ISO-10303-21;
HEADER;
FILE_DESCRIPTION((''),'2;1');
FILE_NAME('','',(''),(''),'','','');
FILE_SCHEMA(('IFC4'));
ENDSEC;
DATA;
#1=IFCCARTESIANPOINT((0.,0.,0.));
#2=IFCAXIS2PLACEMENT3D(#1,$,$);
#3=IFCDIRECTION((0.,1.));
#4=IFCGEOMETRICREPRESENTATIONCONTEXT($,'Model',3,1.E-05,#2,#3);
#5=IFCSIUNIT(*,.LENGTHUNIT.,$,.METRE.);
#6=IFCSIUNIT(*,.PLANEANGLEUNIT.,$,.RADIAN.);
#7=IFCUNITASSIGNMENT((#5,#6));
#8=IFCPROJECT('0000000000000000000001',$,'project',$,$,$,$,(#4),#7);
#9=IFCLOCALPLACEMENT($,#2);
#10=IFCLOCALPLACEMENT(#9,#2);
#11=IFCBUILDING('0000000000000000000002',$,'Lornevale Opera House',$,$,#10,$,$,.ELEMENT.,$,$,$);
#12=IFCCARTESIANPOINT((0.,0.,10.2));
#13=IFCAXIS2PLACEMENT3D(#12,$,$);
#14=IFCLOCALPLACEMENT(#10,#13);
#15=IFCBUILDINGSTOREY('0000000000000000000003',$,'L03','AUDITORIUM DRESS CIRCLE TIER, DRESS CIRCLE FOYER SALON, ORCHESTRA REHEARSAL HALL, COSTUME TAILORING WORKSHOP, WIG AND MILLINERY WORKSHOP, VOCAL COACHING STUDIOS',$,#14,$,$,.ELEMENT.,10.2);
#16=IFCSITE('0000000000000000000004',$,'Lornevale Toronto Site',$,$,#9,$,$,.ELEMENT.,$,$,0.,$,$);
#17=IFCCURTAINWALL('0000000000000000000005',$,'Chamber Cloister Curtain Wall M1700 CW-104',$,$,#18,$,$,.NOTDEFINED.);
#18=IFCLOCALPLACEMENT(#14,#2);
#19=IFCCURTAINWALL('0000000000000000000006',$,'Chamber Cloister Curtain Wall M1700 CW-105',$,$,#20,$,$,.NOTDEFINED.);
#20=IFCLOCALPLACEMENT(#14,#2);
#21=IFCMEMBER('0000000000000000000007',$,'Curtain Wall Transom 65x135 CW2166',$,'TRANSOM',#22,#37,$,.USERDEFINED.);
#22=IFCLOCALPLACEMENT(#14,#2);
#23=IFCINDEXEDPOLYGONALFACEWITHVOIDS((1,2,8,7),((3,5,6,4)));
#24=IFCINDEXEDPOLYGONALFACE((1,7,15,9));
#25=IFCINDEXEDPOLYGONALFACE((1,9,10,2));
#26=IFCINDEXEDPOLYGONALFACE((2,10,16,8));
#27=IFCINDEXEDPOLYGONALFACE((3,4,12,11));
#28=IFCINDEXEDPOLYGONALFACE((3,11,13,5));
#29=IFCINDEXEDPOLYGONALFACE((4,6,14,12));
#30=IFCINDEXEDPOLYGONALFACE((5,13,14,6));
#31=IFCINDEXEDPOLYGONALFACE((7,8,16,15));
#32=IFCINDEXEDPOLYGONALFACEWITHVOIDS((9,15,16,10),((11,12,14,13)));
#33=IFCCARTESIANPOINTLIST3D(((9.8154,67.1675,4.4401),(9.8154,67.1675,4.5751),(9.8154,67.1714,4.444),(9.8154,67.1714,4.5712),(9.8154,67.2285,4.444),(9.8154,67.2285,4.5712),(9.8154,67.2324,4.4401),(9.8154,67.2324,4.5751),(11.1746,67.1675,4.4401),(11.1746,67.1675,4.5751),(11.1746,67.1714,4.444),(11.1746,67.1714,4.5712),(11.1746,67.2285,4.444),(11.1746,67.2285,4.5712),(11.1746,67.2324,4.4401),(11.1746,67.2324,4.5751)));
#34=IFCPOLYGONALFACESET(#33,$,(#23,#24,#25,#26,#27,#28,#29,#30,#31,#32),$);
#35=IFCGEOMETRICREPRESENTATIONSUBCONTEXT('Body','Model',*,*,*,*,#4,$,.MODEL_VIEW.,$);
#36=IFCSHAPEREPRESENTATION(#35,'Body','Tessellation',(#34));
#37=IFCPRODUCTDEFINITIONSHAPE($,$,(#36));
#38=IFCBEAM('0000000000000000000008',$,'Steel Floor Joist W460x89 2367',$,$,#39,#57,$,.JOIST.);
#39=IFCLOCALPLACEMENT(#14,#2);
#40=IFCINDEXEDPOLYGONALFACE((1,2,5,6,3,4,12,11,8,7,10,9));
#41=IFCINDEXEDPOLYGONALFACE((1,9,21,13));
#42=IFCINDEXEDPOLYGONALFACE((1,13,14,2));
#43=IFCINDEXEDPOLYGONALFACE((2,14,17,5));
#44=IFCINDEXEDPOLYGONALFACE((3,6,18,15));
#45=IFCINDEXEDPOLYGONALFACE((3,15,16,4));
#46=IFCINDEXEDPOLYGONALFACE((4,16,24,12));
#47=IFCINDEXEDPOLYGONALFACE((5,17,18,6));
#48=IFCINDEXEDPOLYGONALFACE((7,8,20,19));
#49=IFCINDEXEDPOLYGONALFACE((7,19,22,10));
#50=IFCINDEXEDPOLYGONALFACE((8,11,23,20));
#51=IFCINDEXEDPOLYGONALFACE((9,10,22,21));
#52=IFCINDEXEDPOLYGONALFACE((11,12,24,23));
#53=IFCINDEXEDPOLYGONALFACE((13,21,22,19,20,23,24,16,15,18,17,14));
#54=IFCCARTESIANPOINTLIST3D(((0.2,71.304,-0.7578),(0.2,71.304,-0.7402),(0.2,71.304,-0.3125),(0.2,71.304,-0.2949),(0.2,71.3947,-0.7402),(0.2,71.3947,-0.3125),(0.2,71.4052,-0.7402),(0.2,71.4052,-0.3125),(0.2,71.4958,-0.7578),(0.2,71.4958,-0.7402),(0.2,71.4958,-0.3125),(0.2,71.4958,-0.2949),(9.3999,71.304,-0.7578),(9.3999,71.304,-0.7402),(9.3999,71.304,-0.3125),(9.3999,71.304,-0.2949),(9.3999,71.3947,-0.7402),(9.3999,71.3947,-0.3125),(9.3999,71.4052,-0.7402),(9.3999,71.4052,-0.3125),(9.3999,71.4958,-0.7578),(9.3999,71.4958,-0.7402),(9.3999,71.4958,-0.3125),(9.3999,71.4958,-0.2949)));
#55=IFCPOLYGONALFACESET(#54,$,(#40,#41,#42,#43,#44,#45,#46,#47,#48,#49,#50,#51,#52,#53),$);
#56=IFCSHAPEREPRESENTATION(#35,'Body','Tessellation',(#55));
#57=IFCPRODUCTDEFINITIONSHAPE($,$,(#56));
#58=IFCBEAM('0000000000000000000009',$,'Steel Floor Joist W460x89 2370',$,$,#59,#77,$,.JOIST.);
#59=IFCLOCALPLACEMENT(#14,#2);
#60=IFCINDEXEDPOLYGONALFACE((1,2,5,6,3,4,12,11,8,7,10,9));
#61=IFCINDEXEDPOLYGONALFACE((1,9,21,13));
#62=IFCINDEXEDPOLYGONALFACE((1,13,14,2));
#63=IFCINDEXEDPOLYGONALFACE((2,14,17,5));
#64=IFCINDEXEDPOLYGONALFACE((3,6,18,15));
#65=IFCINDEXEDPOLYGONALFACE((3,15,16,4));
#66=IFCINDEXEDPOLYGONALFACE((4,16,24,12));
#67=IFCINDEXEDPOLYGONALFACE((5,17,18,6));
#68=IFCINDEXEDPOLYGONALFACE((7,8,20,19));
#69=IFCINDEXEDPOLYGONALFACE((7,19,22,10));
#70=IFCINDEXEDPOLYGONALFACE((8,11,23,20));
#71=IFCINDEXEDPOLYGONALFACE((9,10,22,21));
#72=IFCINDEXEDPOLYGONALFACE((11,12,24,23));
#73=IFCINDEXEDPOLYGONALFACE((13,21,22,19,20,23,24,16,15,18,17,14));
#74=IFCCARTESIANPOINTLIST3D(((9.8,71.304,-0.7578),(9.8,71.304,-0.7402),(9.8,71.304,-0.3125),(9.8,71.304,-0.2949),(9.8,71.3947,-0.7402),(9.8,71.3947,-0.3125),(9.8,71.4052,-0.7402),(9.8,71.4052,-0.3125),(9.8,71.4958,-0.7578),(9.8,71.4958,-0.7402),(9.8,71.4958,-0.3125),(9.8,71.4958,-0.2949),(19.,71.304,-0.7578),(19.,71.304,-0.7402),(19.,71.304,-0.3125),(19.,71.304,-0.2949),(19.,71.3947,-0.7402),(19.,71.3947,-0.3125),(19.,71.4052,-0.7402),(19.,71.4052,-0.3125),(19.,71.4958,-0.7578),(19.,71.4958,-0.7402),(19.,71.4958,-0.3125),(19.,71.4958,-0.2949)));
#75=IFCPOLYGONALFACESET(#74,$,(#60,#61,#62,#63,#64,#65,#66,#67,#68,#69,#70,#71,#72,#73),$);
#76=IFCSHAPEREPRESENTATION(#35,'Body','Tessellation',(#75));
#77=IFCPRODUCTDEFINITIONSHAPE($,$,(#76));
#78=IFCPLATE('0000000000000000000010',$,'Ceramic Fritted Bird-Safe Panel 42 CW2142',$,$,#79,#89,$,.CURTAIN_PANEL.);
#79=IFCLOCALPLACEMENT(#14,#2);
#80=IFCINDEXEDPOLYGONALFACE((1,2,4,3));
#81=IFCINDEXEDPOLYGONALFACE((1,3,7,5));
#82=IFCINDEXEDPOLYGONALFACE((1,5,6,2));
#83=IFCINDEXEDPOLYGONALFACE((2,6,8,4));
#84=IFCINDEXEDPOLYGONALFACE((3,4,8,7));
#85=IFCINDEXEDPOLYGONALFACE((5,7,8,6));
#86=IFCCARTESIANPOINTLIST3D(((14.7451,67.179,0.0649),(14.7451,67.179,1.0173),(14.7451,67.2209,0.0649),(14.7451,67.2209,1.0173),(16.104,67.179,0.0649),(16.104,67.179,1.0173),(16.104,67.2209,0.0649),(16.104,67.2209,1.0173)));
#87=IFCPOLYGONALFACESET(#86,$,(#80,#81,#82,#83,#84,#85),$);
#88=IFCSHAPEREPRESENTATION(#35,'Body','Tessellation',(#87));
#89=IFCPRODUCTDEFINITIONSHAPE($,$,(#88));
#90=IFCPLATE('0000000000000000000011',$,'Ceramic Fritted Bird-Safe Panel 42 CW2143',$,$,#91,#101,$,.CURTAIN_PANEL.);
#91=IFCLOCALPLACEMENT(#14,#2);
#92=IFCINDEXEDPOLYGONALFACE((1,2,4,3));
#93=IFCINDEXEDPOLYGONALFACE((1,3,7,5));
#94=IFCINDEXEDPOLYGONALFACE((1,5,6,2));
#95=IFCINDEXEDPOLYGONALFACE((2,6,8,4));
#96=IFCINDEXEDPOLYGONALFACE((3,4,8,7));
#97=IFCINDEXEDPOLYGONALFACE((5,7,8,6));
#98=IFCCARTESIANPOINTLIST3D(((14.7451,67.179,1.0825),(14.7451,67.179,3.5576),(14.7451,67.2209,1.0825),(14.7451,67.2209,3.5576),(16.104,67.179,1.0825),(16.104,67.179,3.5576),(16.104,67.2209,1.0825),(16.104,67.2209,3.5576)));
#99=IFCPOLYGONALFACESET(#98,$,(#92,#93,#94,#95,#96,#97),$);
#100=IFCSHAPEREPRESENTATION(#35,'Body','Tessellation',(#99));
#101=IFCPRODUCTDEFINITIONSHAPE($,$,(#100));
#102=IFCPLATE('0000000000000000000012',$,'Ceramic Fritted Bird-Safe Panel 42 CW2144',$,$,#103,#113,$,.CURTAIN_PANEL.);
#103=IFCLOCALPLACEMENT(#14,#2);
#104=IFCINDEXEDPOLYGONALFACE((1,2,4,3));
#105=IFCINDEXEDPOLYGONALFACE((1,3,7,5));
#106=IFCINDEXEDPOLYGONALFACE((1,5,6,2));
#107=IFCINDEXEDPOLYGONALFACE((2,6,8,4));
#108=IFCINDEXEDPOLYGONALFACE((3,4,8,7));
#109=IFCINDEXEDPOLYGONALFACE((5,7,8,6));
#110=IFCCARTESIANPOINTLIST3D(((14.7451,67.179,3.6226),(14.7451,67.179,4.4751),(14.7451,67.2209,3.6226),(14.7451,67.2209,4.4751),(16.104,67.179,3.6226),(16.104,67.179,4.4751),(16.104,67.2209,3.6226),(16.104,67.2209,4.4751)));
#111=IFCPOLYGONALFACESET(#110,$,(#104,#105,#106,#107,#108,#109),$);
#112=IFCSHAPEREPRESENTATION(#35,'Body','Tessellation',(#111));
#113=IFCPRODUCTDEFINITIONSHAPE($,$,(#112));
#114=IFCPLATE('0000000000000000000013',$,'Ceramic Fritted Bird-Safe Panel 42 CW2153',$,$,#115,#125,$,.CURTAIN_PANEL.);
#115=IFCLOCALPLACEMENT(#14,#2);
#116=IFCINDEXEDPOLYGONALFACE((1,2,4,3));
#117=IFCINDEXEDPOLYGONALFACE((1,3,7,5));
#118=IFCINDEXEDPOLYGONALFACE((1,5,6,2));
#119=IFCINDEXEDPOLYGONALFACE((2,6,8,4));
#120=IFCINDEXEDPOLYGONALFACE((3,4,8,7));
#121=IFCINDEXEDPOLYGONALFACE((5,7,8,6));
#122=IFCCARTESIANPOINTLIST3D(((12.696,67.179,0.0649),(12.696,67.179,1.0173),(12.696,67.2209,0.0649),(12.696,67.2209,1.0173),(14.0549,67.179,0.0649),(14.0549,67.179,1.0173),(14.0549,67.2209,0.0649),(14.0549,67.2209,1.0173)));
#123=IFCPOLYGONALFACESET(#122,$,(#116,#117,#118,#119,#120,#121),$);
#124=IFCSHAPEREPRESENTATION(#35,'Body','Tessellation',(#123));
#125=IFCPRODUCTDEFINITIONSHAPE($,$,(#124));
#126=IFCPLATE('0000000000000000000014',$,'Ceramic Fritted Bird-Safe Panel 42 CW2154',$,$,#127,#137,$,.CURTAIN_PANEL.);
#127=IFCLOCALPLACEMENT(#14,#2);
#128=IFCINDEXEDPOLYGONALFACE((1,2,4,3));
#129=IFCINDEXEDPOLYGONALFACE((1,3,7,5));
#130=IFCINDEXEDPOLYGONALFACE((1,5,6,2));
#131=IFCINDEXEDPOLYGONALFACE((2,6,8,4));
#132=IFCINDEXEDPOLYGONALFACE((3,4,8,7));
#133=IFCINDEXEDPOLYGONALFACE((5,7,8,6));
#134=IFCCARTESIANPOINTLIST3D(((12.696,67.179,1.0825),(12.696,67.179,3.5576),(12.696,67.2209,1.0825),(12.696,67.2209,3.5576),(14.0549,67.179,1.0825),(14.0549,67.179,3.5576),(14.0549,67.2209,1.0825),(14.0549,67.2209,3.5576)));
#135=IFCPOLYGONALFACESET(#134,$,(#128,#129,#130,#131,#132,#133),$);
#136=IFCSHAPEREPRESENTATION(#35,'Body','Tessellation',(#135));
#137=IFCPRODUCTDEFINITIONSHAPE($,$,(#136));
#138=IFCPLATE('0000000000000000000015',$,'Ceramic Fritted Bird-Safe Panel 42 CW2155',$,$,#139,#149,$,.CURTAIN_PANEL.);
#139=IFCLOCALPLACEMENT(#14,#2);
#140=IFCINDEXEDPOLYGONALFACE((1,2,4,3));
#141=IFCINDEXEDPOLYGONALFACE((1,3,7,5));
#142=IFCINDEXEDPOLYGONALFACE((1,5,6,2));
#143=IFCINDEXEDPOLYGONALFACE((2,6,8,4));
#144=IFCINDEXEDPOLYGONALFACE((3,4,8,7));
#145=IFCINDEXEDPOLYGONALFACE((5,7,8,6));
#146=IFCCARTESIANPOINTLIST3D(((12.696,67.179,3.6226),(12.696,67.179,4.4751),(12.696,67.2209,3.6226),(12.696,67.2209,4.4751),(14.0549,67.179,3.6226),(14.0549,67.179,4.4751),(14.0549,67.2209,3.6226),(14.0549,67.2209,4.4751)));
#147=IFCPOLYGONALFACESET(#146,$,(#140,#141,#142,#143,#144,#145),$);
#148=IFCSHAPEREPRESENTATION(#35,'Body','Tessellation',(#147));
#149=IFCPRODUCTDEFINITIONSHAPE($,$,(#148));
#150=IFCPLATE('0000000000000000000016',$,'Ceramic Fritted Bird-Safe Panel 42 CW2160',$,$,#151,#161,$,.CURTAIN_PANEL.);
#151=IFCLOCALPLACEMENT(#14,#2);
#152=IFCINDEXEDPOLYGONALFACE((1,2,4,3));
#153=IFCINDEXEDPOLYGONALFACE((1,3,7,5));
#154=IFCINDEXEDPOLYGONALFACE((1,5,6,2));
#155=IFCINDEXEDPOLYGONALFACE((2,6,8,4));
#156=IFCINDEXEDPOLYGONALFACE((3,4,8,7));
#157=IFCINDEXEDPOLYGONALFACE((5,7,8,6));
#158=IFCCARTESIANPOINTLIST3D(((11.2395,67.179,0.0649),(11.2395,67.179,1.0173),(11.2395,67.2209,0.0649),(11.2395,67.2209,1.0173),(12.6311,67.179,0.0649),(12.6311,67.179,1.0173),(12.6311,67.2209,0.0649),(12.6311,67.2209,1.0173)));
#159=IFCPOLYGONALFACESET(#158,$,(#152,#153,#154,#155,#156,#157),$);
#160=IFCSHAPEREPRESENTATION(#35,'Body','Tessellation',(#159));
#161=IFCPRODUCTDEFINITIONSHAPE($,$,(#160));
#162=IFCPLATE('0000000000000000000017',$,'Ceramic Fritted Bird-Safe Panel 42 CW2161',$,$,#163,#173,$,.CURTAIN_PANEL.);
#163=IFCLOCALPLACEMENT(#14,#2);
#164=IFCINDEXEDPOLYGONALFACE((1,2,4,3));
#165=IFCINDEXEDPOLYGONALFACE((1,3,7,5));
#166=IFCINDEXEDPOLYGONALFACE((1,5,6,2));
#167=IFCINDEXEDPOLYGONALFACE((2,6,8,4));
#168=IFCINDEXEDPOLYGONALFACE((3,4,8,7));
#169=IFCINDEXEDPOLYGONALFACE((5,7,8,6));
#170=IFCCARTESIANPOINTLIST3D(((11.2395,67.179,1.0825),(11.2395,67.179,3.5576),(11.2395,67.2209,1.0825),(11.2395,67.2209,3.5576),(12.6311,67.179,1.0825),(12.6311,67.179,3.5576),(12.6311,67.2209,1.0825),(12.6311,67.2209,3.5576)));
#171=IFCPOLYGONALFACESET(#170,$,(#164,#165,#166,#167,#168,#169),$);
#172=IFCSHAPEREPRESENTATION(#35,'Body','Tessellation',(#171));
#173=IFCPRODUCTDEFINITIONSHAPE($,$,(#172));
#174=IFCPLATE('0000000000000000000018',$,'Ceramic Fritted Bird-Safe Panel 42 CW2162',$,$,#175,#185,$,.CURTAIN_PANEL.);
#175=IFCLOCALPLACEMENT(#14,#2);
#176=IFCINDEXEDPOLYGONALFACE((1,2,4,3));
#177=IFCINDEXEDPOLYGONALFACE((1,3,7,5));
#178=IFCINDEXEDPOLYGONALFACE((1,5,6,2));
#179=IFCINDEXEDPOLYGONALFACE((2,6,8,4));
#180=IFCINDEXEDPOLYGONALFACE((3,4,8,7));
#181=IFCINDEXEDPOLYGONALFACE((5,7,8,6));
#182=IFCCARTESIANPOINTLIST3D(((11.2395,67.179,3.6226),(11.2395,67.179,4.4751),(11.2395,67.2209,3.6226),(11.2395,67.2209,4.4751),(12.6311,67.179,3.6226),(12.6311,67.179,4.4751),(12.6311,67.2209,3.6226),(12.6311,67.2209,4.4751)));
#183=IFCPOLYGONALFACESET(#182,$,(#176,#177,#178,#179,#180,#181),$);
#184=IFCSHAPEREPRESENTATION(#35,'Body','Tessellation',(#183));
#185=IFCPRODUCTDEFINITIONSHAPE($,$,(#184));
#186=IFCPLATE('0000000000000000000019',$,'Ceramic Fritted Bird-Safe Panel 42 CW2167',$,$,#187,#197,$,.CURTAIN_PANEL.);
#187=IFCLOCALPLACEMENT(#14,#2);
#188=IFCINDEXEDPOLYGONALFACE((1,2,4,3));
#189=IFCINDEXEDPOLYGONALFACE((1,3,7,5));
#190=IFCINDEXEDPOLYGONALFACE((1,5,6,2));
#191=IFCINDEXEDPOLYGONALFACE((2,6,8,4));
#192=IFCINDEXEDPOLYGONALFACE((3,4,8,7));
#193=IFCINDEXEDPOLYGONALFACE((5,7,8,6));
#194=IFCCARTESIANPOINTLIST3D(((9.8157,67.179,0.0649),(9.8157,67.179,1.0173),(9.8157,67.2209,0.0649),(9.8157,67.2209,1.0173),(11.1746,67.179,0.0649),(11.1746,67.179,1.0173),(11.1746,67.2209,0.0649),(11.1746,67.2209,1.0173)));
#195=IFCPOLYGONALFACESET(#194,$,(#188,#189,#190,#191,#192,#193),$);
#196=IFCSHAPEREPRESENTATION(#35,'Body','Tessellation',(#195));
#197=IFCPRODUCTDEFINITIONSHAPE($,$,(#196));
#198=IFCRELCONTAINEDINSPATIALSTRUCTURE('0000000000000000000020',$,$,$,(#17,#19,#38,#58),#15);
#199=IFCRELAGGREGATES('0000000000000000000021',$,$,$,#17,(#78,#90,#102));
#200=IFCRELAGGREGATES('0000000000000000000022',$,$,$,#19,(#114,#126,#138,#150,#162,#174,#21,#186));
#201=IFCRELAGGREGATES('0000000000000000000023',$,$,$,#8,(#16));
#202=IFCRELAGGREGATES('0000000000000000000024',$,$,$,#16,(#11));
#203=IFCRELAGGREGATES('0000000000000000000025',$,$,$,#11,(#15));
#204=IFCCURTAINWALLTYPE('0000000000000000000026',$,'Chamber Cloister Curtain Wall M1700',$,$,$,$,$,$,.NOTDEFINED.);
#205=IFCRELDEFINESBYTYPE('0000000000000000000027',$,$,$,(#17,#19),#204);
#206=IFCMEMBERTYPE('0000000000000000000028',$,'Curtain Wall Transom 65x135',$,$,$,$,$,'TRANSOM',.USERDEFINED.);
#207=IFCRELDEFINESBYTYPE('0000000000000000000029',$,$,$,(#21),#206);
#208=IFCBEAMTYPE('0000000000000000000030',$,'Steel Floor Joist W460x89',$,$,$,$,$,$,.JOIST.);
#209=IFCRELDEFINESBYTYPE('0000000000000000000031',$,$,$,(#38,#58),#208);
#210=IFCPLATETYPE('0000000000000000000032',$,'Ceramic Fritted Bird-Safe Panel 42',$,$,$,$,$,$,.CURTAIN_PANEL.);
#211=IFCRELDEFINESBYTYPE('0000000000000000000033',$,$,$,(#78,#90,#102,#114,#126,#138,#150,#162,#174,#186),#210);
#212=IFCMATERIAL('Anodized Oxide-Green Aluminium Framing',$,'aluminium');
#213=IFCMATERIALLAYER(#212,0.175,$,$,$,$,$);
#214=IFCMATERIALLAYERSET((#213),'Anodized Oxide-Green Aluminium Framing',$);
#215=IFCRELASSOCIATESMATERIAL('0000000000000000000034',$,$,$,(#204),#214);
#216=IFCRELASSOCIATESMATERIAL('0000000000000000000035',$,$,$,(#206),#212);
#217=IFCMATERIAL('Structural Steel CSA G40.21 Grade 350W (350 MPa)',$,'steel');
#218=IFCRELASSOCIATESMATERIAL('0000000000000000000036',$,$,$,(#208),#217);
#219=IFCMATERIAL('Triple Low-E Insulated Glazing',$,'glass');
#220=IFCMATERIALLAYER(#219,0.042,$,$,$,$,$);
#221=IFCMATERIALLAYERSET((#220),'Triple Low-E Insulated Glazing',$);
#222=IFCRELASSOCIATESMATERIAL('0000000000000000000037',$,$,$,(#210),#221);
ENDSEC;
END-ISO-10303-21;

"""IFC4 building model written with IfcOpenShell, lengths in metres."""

from ifc_helpers import new_model, si_unit, direction, frame, origin, origin_2d, place, context, subcontext, project, spatial, rectangle, hollow_rectangle, i_section, extrude, material, layer, layer_set, material_profile, profile_set, type_object, element, aggregate, save


model = new_model("IFC4")

# Units and contexts
model_context = context("Model", 3, precision=1e-05, world=origin(), true_north=direction((0.0, 1.0)))
body_context = subcontext(model_context, "Body", "Model", "MODEL_VIEW")
ifc_project = project(units=[si_unit("LENGTHUNIT", "METRE"), si_unit("PLANEANGLEUNIT", "RADIAN")], contexts=[model_context])

# Site, building, storey
site_placement = place(None, origin())
site = spatial("IfcSite", under=ifc_project, at=site_placement, Name="Lornevale Toronto Site", CompositionType="ELEMENT", RefElevation=0.0)
building_placement = place(site_placement, origin())
building = spatial("IfcBuilding", under=site, at=building_placement, Name="Lornevale Opera House", CompositionType="ELEMENT")
storey_placement = place(building_placement, frame((0.0, 0.0, 10.2)))
storey = spatial("IfcBuildingStorey", under=building, at=storey_placement, Name="L03", Description="AUDITORIUM DRESS CIRCLE TIER, DRESS CIRCLE FOYER SALON, ORCHESTRA REHEARSAL HALL, COSTUME TAILORING WORKSHOP, WIG AND MILLINERY WORKSHOP, VOCAL COACHING STUDIOS", CompositionType="ELEMENT", Elevation=10.2)

# Curtain wall
ifc_material_1 = material(Name="Anodized Oxide-Green Aluminium Framing", Category="aluminium")
ifc_layer_1 = layer(ifc_material_1, 0.175)
ifc_layer_set_1 = layer_set([ifc_layer_1], Name="Anodized Oxide-Green Aluminium Framing")
curtain_wall_type = type_object("IfcCurtainWallType", Name="Chamber Cloister Curtain Wall M1700", PredefinedType="NOTDEFINED", material=ifc_layer_set_1)
curtain_wall_1_placement = place(storey_placement, origin())
curtain_wall_1 = element("IfcCurtainWall", 1, at=curtain_wall_1_placement, inside=storey, type_object=curtain_wall_type, Name="Chamber Cloister Curtain Wall M1700 CW-104", PredefinedType="NOTDEFINED")

# Curtain wall
curtain_wall_2_placement = place(storey_placement, origin())
curtain_wall_2 = element("IfcCurtainWall", 2, at=curtain_wall_2_placement, inside=storey, type_object=curtain_wall_type, Name="Chamber Cloister Curtain Wall M1700 CW-105", PredefinedType="NOTDEFINED")

# Member
ifc_material_profile_1 = material_profile(ifc_material_1, hollow_rectangle(XDim=0.0649, YDim=0.135, WallThickness=0.0039, at=origin_2d()), Name="ALU65x135x4")
ifc_profile_set_1 = profile_set([ifc_material_profile_1], Name="Anodized Oxide-Green Aluminium Framing")
member_type_1 = type_object("IfcMemberType", Name="Curtain Wall Transom 65x135", ElementType="TRANSOM", PredefinedType="USERDEFINED", material=ifc_profile_set_1)
member_1_placement = place(storey_placement, frame((11.1746, 67.2, 4.5076), z_axis=(-1.0, 0.0, 0.0), x_axis=(0.0, -1.0, 0.0)))
member_1 = element("IfcMember", 3, at=member_1_placement, type_object=member_type_1, Name="Curtain Wall Transom 65x135 CW2166", ObjectType="TRANSOM", PredefinedType="USERDEFINED", context=body_context, shape_type="SweptSolid", body=[
    extrude(hollow_rectangle(XDim=0.0649, YDim=0.135, WallThickness=0.0039, at=origin_2d()), origin(), (0.0, 0.0, 1.0), 1.3591),
])

# Beams
ifc_material_2 = material(Name="Structural Steel CSA G40.21 Grade 350W (350 MPa)", Category="steel")
ifc_material_profile_2 = material_profile(ifc_material_2, i_section(OverallWidth=0.1919, OverallDepth=0.4629, WebThickness=0.0105, FlangeThickness=0.0176, at=origin_2d()), Name="W460x89")
ifc_profile_set_2 = profile_set([ifc_material_profile_2], Name="Structural Steel CSA G40.21 Grade 350W (350 MPa)")
beam_type_1 = type_object("IfcBeamType", Name="Steel Floor Joist W460x89", PredefinedType="JOIST", material=ifc_profile_set_2)
for number, where, z_axis, x_axis, name in (
    (4, (0.2, 71.3999, -0.5264), (1.0, 0.0, 0.0), (0.0, 1.0, 0.0), "Steel Floor Joist W460x89 2367"),
    (5, (9.8, 71.3999, -0.5264), (1.0, 0.0, 0.0), (0.0, 1.0, 0.0), "Steel Floor Joist W460x89 2370"),
):
    element("IfcBeam", number, at=place(storey_placement, frame(where, z_axis=z_axis, x_axis=x_axis)), inside=storey, type_object=beam_type_1, Name=name, PredefinedType="JOIST", context=body_context, shape_type="SweptSolid", body=[
        extrude(i_section(OverallWidth=0.1919, OverallDepth=0.4629, WebThickness=0.0105, FlangeThickness=0.0176, at=origin_2d()), origin(), (0.0, 0.0, 1.0), 9.2),
    ])

# Plates
ifc_material_3 = material(Name="Triple Low-E Insulated Glazing", Category="glass")
ifc_layer_2 = layer(ifc_material_3, 0.042)
ifc_layer_set_2 = layer_set([ifc_layer_2], Name="Triple Low-E Insulated Glazing")
plate_type = type_object("IfcPlateType", Name="Ceramic Fritted Bird-Safe Panel 42", PredefinedType="CURTAIN_PANEL", material=ifc_layer_set_2)
plate_1_placement = place(storey_placement, frame((15.4246, 67.2, 0.0649), z_axis=(0.0, 0.0, 1.0), x_axis=(-1.0, 0.0, 0.0)))
plate_1 = element("IfcPlate", 6, at=plate_1_placement, type_object=plate_type, Name="Ceramic Fritted Bird-Safe Panel 42 CW2142", PredefinedType="CURTAIN_PANEL", context=body_context, shape_type="SweptSolid", body=[
    extrude(rectangle(XDim=1.3589, YDim=0.042, at=origin_2d()), origin(), (0.0, 0.0, 1.0), 0.9524),
])
plate_2_placement = place(storey_placement, frame((15.4246, 67.2, 1.0825), z_axis=(0.0, 0.0, 1.0), x_axis=(-1.0, 0.0, 0.0)))
plate_2 = element("IfcPlate", 7, at=plate_2_placement, type_object=plate_type, Name="Ceramic Fritted Bird-Safe Panel 42 CW2143", PredefinedType="CURTAIN_PANEL", context=body_context, shape_type="SweptSolid", body=[
    extrude(rectangle(XDim=1.3589, YDim=0.042, at=origin_2d()), origin(), (0.0, 0.0, 1.0), 2.4751),
])
plate_3_placement = place(storey_placement, frame((15.4246, 67.2, 3.6226), z_axis=(0.0, 0.0, 1.0), x_axis=(-1.0, 0.0, 0.0)))
plate_3 = element("IfcPlate", 8, at=plate_3_placement, type_object=plate_type, Name="Ceramic Fritted Bird-Safe Panel 42 CW2144", PredefinedType="CURTAIN_PANEL", context=body_context, shape_type="SweptSolid", body=[
    extrude(rectangle(XDim=1.3589, YDim=0.042, at=origin_2d()), origin(), (0.0, 0.0, 1.0), 0.8525),
])
aggregate(curtain_wall_1, [plate_1, plate_2, plate_3])
plate_4_placement = place(storey_placement, frame((13.3755, 67.2, 0.0649), z_axis=(0.0, 0.0, 1.0), x_axis=(-1.0, 0.0, 0.0)))
plate_4 = element("IfcPlate", 9, at=plate_4_placement, type_object=plate_type, Name="Ceramic Fritted Bird-Safe Panel 42 CW2153", PredefinedType="CURTAIN_PANEL", context=body_context, shape_type="SweptSolid", body=[
    extrude(rectangle(XDim=1.3589, YDim=0.042, at=origin_2d()), origin(), (0.0, 0.0, 1.0), 0.9524),
])
plate_5_placement = place(storey_placement, frame((13.3755, 67.2, 1.0825), z_axis=(0.0, 0.0, 1.0), x_axis=(-1.0, 0.0, 0.0)))
plate_5 = element("IfcPlate", 10, at=plate_5_placement, type_object=plate_type, Name="Ceramic Fritted Bird-Safe Panel 42 CW2154", PredefinedType="CURTAIN_PANEL", context=body_context, shape_type="SweptSolid", body=[
    extrude(rectangle(XDim=1.3589, YDim=0.042, at=origin_2d()), origin(), (0.0, 0.0, 1.0), 2.4751),
])
plate_6_placement = place(storey_placement, frame((13.3755, 67.2, 3.6226), z_axis=(0.0, 0.0, 1.0), x_axis=(-1.0, 0.0, 0.0)))
plate_6 = element("IfcPlate", 11, at=plate_6_placement, type_object=plate_type, Name="Ceramic Fritted Bird-Safe Panel 42 CW2155", PredefinedType="CURTAIN_PANEL", context=body_context, shape_type="SweptSolid", body=[
    extrude(rectangle(XDim=1.3589, YDim=0.042, at=origin_2d()), origin(), (0.0, 0.0, 1.0), 0.8525),
])
plate_7_placement = place(storey_placement, frame((11.9353, 67.2, 0.0649), z_axis=(0.0, 0.0, 1.0), x_axis=(-1.0, 0.0, 0.0)))
plate_7 = element("IfcPlate", 12, at=plate_7_placement, type_object=plate_type, Name="Ceramic Fritted Bird-Safe Panel 42 CW2160", PredefinedType="CURTAIN_PANEL", context=body_context, shape_type="SweptSolid", body=[
    extrude(rectangle(XDim=1.3916, YDim=0.042, at=origin_2d()), origin(), (0.0, 0.0, 1.0), 0.9524),
])
plate_8_placement = place(storey_placement, frame((11.9353, 67.2, 1.0825), z_axis=(0.0, 0.0, 1.0), x_axis=(-1.0, 0.0, 0.0)))
plate_8 = element("IfcPlate", 13, at=plate_8_placement, type_object=plate_type, Name="Ceramic Fritted Bird-Safe Panel 42 CW2161", PredefinedType="CURTAIN_PANEL", context=body_context, shape_type="SweptSolid", body=[
    extrude(rectangle(XDim=1.3916, YDim=0.042, at=origin_2d()), origin(), (0.0, 0.0, 1.0), 2.4751),
])
plate_9_placement = place(storey_placement, frame((11.9353, 67.2, 3.6226), z_axis=(0.0, 0.0, 1.0), x_axis=(-1.0, 0.0, 0.0)))
plate_9 = element("IfcPlate", 14, at=plate_9_placement, type_object=plate_type, Name="Ceramic Fritted Bird-Safe Panel 42 CW2162", PredefinedType="CURTAIN_PANEL", context=body_context, shape_type="SweptSolid", body=[
    extrude(rectangle(XDim=1.3916, YDim=0.042, at=origin_2d()), origin(), (0.0, 0.0, 1.0), 0.8525),
])
plate_10_placement = place(storey_placement, frame((10.4951, 67.2, 0.0649), z_axis=(0.0, 0.0, 1.0), x_axis=(-1.0, 0.0, 0.0)))
plate_10 = element("IfcPlate", 15, at=plate_10_placement, type_object=plate_type, Name="Ceramic Fritted Bird-Safe Panel 42 CW2167", PredefinedType="CURTAIN_PANEL", context=body_context, shape_type="SweptSolid", body=[
    extrude(rectangle(XDim=1.3589, YDim=0.042, at=origin_2d()), origin(), (0.0, 0.0, 1.0), 0.9524),
])
aggregate(curtain_wall_2, [plate_4, plate_5, plate_6, plate_7, plate_8, plate_9, member_1, plate_10])

save(model, "model.ifc")
